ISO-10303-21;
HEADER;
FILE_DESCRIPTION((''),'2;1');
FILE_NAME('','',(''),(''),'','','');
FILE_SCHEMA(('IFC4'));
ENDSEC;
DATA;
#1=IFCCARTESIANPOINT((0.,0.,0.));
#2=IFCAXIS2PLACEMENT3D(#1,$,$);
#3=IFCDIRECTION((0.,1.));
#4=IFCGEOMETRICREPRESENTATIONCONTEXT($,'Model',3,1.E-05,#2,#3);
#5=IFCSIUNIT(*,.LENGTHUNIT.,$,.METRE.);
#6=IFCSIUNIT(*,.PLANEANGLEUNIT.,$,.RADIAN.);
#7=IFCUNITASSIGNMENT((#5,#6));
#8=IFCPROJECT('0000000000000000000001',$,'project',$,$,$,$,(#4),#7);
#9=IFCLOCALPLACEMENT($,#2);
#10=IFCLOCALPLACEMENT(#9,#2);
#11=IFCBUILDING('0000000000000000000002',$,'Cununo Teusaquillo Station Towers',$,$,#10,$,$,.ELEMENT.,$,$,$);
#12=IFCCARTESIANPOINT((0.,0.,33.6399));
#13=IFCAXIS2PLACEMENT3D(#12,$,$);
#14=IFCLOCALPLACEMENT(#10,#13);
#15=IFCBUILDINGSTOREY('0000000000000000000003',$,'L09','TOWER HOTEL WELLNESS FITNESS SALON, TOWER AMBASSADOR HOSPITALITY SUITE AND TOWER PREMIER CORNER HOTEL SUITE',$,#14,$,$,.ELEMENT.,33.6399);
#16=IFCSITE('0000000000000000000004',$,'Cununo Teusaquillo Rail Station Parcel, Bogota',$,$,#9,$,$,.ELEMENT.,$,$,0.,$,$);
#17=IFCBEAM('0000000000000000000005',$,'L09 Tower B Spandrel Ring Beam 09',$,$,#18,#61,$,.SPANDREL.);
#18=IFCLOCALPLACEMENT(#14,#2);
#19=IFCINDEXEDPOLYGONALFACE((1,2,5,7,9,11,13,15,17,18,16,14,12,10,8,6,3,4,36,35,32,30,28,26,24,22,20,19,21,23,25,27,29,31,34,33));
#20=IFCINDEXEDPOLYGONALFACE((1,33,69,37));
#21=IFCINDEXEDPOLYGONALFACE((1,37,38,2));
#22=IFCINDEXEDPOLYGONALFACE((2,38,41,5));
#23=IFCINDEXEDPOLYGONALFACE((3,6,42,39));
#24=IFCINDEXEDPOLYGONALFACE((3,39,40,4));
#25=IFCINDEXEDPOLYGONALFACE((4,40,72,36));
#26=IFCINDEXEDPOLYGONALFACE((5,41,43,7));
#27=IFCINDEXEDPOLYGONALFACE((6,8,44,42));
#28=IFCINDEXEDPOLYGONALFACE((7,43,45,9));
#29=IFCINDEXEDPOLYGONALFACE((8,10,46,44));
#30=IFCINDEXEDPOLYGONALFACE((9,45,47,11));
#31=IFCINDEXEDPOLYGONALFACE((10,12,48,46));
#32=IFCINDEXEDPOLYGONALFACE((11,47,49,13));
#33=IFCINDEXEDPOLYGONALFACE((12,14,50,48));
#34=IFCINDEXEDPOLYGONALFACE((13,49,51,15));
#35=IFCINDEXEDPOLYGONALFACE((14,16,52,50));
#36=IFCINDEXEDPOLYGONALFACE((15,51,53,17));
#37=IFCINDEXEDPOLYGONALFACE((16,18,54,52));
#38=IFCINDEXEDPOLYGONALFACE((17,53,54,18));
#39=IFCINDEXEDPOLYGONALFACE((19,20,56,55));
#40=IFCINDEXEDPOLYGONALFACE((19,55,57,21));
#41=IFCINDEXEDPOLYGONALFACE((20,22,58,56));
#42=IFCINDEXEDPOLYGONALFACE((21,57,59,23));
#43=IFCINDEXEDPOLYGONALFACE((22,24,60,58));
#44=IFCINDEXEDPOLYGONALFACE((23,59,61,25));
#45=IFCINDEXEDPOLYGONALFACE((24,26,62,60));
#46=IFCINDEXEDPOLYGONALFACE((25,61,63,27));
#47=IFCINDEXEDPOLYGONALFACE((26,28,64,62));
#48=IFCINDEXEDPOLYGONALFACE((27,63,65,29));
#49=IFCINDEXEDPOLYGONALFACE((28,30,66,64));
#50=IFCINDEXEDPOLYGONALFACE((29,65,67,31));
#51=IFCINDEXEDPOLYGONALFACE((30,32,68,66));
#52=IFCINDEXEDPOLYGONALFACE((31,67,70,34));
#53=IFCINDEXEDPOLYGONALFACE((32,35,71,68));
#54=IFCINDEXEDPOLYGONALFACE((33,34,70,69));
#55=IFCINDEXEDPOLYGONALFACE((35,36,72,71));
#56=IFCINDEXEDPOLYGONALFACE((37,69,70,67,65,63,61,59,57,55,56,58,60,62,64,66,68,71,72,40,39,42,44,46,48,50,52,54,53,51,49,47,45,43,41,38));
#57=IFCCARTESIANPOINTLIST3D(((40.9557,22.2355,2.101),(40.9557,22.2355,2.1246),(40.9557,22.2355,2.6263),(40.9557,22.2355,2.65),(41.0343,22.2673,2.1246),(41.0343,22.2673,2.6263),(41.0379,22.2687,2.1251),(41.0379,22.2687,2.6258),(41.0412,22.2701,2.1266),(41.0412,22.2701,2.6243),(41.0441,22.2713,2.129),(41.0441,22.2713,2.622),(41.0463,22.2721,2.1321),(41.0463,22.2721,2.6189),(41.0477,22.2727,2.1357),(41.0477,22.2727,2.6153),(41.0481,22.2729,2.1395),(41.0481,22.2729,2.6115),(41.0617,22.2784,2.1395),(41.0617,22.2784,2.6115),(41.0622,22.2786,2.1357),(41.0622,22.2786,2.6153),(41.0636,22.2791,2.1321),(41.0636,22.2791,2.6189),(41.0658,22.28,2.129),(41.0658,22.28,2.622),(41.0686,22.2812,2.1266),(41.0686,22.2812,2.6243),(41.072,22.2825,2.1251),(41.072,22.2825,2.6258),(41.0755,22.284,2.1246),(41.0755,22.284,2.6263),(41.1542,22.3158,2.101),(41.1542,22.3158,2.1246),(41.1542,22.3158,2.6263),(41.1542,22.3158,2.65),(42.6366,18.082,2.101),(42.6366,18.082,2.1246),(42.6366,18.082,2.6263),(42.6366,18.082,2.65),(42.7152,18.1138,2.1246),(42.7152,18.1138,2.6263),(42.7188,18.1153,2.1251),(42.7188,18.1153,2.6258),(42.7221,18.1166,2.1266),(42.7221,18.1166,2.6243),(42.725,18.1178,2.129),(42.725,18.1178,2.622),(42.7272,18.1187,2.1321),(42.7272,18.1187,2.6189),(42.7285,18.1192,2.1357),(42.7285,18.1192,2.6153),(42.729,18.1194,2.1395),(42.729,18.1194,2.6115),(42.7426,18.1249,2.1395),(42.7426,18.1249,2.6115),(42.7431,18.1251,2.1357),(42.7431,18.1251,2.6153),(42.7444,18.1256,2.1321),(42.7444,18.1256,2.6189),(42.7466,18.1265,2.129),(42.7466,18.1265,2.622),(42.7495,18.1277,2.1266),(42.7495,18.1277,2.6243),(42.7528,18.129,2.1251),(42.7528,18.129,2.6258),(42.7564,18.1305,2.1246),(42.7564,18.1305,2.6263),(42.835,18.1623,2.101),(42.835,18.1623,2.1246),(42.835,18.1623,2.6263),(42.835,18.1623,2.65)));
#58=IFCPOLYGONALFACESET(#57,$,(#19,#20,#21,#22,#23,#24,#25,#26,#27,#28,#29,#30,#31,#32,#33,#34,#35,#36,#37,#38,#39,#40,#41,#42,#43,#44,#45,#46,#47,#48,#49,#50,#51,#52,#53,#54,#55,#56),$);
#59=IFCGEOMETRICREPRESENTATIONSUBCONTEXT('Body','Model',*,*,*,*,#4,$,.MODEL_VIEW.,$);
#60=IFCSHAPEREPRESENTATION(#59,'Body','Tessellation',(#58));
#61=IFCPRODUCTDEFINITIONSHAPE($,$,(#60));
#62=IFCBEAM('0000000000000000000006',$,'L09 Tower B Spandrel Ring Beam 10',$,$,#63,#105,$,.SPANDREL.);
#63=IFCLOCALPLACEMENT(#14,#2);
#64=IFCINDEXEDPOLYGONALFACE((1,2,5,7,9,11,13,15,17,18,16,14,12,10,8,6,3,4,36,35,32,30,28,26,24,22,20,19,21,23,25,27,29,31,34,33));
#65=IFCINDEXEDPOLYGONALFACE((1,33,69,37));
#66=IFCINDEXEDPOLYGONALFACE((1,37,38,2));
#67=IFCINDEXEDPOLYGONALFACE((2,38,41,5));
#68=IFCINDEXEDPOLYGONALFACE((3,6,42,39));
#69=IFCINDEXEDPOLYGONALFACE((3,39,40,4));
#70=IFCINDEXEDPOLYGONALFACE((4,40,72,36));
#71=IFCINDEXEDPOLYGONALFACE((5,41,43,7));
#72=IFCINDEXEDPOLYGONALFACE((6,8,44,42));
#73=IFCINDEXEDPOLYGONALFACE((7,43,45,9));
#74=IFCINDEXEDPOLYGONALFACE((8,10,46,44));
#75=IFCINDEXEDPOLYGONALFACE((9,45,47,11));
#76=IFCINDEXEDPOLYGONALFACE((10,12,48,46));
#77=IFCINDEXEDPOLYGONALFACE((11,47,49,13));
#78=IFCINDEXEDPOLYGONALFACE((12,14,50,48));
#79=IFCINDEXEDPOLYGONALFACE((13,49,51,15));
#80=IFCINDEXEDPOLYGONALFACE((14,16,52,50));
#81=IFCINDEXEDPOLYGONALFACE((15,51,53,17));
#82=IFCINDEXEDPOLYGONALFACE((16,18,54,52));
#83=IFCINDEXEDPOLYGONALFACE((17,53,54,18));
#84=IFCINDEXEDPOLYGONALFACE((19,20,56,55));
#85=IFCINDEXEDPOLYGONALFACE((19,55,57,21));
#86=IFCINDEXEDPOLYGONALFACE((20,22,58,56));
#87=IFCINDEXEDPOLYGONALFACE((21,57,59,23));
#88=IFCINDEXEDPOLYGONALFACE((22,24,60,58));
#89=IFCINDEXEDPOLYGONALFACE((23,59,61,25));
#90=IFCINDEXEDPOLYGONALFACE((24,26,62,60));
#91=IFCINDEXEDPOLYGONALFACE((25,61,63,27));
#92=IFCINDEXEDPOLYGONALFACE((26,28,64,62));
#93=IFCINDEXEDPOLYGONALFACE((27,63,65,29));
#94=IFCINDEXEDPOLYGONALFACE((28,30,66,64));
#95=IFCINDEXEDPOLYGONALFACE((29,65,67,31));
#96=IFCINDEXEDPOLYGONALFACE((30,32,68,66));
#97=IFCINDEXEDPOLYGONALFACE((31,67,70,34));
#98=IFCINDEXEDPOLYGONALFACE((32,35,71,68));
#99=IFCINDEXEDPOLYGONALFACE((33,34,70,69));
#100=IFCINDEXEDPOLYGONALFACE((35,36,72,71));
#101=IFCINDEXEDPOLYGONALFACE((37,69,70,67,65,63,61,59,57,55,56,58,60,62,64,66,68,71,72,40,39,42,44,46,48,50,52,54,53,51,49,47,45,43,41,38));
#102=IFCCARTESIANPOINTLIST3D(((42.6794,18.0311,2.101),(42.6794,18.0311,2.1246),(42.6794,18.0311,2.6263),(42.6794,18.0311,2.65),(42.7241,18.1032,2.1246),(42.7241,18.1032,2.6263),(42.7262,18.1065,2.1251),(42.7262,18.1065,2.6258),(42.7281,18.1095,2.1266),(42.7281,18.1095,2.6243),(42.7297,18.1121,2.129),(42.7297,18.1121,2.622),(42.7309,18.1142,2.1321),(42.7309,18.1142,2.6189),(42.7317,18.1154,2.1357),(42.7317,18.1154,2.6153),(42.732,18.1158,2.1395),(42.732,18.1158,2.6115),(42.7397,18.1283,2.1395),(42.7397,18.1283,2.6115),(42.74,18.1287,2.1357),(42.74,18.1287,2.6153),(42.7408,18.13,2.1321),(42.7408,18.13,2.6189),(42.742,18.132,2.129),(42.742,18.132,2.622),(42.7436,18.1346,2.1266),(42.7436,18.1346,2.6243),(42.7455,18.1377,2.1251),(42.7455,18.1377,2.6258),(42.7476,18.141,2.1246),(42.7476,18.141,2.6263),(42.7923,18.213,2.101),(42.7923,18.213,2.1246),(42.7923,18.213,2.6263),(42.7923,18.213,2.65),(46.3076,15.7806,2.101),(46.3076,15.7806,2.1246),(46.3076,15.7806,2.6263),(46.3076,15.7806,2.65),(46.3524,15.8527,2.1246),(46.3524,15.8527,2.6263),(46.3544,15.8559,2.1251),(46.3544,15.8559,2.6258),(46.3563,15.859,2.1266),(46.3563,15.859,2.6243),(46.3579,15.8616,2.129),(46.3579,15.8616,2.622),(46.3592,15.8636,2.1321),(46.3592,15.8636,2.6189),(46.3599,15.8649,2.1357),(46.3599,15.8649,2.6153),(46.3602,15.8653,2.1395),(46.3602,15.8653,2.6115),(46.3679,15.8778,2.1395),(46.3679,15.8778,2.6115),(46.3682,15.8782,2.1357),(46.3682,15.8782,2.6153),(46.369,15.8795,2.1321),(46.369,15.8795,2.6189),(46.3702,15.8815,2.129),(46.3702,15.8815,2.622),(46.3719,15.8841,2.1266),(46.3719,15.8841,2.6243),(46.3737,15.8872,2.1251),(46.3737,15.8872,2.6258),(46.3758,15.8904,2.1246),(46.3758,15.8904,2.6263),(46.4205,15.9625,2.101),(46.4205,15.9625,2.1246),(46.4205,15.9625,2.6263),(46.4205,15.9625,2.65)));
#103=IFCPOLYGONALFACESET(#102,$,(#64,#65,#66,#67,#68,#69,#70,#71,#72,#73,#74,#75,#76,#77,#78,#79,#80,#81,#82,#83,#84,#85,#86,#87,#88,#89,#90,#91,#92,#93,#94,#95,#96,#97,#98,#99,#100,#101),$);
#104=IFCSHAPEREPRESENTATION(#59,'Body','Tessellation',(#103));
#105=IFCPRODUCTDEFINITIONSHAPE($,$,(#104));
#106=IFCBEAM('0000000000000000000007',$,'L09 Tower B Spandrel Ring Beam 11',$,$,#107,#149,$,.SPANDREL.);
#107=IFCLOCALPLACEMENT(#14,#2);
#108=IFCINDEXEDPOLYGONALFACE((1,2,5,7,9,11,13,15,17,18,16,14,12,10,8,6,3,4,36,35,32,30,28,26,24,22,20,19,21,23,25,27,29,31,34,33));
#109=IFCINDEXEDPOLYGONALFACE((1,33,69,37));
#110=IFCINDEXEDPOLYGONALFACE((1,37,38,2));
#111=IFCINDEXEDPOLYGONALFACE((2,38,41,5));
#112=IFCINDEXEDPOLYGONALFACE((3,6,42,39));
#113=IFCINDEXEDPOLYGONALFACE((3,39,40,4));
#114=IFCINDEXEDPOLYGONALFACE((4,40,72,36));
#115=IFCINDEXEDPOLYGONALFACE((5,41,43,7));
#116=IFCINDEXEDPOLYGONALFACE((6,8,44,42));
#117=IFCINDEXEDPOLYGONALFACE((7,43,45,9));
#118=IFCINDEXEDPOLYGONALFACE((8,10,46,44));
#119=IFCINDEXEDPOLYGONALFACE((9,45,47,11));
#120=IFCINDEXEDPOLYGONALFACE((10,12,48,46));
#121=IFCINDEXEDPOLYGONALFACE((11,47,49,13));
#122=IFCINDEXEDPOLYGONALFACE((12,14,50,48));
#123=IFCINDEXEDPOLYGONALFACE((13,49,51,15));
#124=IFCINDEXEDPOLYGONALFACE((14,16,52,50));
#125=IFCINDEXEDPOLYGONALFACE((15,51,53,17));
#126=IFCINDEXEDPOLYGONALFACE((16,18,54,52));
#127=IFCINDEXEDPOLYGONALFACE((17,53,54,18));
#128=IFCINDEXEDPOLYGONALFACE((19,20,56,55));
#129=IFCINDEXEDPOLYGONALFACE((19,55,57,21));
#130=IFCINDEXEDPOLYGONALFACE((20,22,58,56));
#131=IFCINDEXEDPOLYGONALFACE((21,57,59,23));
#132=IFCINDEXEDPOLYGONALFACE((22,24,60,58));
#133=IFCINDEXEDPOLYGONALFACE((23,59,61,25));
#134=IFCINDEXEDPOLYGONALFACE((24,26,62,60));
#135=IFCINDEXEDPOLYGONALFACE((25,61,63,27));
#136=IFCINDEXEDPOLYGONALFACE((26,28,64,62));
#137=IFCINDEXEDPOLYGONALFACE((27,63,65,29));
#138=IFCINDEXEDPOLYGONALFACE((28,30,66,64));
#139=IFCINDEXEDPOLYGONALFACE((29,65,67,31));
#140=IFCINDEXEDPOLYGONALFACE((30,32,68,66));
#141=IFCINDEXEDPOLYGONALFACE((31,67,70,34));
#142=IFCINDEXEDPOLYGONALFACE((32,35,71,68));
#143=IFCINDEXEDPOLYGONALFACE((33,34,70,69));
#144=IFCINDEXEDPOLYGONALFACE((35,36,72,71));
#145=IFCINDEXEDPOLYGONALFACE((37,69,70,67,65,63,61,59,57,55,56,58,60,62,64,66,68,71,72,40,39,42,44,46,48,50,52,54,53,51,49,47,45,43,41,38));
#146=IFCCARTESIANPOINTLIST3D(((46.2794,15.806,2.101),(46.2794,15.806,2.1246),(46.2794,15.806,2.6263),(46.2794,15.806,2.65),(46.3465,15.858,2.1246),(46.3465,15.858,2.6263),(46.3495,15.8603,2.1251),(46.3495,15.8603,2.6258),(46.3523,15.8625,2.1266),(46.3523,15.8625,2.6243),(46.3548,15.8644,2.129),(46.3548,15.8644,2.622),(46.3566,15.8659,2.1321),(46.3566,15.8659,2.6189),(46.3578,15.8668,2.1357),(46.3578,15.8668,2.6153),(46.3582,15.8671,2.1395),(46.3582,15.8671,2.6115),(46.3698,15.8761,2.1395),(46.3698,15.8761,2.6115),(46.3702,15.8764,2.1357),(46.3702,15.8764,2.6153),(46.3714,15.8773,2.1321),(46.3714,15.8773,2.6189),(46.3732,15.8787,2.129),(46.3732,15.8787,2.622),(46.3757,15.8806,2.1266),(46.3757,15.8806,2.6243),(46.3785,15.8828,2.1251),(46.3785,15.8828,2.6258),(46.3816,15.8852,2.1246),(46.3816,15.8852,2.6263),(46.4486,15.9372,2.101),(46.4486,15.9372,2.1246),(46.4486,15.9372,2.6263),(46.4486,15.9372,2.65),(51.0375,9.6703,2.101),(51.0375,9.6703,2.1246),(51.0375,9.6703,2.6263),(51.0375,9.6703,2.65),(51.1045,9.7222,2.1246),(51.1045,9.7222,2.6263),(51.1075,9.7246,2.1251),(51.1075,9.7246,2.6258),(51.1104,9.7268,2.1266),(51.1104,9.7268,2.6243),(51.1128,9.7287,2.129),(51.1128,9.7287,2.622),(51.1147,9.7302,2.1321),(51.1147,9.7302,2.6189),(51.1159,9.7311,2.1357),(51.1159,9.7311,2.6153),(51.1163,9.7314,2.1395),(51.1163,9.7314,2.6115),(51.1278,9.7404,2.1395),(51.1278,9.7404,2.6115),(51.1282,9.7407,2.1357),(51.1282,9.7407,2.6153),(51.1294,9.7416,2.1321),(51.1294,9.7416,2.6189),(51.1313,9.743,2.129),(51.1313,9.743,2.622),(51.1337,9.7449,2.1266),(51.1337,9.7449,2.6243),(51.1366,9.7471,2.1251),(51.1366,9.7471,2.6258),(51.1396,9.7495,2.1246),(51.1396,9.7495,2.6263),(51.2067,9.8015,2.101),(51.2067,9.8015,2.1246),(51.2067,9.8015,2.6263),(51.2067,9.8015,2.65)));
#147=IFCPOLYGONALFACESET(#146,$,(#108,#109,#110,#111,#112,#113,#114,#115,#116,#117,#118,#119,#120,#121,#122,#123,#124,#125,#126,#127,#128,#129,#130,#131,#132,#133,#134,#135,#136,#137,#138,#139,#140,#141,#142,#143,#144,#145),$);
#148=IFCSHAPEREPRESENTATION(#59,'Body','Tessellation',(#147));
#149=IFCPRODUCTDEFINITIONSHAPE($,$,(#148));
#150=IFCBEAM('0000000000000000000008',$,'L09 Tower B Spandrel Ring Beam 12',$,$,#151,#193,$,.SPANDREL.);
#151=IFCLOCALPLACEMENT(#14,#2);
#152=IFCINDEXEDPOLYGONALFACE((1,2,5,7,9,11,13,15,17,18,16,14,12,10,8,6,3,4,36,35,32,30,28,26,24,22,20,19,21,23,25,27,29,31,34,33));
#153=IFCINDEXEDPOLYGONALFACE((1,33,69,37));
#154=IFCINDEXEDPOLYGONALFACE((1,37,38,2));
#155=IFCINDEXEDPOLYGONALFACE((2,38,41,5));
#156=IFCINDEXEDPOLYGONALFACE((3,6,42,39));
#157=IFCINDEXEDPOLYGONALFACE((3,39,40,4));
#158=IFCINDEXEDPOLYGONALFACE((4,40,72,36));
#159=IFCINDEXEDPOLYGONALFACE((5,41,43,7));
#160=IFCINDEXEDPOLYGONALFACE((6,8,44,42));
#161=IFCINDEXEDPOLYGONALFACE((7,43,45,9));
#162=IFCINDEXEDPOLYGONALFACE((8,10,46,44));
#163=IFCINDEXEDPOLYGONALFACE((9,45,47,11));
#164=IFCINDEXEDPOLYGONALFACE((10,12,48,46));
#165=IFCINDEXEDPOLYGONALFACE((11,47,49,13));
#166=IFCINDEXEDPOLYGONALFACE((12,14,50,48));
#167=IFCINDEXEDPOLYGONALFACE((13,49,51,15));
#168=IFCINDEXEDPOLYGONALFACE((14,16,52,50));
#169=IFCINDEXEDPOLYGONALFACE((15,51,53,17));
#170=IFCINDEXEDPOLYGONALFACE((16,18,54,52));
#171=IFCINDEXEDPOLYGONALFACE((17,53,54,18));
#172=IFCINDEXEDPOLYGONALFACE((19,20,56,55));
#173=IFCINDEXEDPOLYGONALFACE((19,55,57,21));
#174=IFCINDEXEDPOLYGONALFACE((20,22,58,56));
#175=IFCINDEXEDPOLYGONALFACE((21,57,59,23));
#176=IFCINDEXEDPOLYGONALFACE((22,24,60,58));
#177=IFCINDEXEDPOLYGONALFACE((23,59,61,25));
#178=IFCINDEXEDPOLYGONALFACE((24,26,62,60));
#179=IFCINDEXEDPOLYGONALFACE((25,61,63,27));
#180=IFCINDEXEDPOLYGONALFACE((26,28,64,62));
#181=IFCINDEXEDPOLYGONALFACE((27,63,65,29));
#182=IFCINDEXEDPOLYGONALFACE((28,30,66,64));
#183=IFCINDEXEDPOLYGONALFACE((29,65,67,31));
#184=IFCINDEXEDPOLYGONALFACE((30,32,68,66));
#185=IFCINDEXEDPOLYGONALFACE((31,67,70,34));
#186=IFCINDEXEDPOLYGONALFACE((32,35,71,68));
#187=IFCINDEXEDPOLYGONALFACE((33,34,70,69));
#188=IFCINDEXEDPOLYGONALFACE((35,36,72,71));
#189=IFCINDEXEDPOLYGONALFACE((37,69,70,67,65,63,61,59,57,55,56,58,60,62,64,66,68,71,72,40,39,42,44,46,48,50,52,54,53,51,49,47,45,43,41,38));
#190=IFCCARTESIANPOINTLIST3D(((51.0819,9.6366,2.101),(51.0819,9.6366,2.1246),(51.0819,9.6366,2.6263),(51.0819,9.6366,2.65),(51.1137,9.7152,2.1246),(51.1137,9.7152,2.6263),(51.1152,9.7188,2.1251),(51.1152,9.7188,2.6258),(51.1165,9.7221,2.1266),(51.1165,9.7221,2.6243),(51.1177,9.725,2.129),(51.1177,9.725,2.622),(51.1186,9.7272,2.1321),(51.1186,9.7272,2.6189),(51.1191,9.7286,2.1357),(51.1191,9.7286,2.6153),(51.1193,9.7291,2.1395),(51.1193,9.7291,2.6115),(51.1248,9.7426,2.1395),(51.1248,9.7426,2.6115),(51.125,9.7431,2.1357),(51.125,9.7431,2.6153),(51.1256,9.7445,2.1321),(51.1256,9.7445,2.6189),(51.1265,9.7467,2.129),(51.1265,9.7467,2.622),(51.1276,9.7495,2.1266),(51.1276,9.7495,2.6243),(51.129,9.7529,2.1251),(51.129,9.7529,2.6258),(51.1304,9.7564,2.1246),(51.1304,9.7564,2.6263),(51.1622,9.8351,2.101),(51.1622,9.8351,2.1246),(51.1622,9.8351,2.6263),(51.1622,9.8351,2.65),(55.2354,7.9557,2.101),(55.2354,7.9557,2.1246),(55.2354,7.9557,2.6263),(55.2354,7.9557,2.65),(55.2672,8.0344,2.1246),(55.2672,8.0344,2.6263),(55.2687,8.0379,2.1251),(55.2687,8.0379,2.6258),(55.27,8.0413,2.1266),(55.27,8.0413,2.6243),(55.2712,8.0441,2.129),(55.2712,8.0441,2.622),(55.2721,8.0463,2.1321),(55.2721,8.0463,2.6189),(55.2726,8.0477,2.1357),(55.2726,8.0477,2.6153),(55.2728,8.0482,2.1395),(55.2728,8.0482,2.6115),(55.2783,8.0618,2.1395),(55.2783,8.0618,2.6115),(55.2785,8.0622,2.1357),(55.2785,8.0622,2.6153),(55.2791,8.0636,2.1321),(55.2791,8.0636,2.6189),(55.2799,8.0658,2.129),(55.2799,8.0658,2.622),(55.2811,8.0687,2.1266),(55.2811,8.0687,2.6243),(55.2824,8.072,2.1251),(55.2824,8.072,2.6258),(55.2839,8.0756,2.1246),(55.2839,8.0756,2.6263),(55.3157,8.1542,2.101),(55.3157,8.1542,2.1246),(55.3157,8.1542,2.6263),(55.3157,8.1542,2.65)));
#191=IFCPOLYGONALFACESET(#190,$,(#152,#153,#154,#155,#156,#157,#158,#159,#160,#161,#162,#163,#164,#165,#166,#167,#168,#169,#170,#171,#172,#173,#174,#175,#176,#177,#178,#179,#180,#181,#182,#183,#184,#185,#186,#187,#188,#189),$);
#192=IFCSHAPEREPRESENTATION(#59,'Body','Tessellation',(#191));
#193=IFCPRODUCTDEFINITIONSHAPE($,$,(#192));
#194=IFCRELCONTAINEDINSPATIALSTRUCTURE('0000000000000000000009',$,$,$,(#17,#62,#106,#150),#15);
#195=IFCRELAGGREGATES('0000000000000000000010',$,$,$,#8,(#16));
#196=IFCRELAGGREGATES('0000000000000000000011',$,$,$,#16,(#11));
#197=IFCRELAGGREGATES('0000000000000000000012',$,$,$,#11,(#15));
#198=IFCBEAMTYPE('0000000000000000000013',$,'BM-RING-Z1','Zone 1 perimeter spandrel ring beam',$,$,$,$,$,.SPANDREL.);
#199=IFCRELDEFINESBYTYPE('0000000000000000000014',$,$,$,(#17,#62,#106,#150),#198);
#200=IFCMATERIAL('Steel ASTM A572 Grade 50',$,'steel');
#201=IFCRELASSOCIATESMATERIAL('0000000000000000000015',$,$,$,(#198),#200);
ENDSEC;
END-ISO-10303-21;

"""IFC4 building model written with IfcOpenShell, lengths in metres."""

from ifc_helpers import new_model, si_unit, direction, frame, origin, origin_2d, place, context, subcontext, project, spatial, i_section, extrude, material, material_profile, profile_set, type_object, element, save


model = new_model("IFC4")

# Units and contexts
model_context = context("Model", 3, precision=1e-05, world=origin(), true_north=direction((0.0, 1.0)))
body_context = subcontext(model_context, "Body", "Model", "MODEL_VIEW")
ifc_project = project(units=[si_unit("LENGTHUNIT", "METRE"), si_unit("PLANEANGLEUNIT", "RADIAN")], contexts=[model_context])

# Site, building, storey
site_placement = place(None, origin())
site = spatial("IfcSite", under=ifc_project, at=site_placement, Name="Cununo Teusaquillo Rail Station Parcel, Bogota", CompositionType="ELEMENT", RefElevation=0.0)
building_placement = place(site_placement, origin())
building = spatial("IfcBuilding", under=site, at=building_placement, Name="Cununo Teusaquillo Station Towers", CompositionType="ELEMENT")
storey_placement = place(building_placement, frame((0.0, 0.0, 33.6399)))
storey = spatial("IfcBuildingStorey", under=building, at=storey_placement, Name="L09", Description="TOWER HOTEL WELLNESS FITNESS SALON, TOWER AMBASSADOR HOSPITALITY SUITE AND TOWER PREMIER CORNER HOTEL SUITE", CompositionType="ELEMENT", Elevation=33.6399)

# Beams
ifc_material_1 = material(Name="Steel ASTM A572 Grade 50", Category="steel")
ifc_material_profile_1 = material_profile(ifc_material_1, i_section(OverallWidth=0.2141, OverallDepth=0.5491, WebThickness=0.0146, FlangeThickness=0.0237, FilletRadius=0.0149, at=origin_2d()), Name="W21X93")
ifc_profile_set_1 = profile_set([ifc_material_profile_1], Name="Steel ASTM A572 Grade 50")
beam_type_1 = type_object("IfcBeamType", Name="BM-RING-Z1", Description="Zone 1 perimeter spandrel ring beam", PredefinedType="SPANDREL", material=ifc_profile_set_1)
beam_1_placement = place(storey_placement, frame((41.0549, 22.2756, 2.3755), z_axis=(0.375136, -0.92697, 0.0), x_axis=(0.92697, 0.375136, 0.0)))
element("IfcBeam", 1, at=beam_1_placement, inside=storey, type_object=beam_type_1, Name="L09 Tower B Spandrel Ring Beam 09", PredefinedType="SPANDREL", context=body_context, shape_type="SweptSolid", body=[
    extrude(i_section(OverallWidth=0.2141, OverallDepth=0.5491, WebThickness=0.0146, FlangeThickness=0.0237, FilletRadius=0.0149, at=origin_2d()), origin(), (0.0, 0.0, 1.0), 4.4807),
])
beam_2_placement = place(storey_placement, frame((42.7358, 18.1221, 2.3755), z_axis=(0.849796, -0.527112, 0.0), x_axis=(0.527112, 0.849796, 0.0)))
element("IfcBeam", 2, at=beam_2_placement, inside=storey, type_object=beam_type_1, Name="L09 Tower B Spandrel Ring Beam 10", PredefinedType="SPANDREL", context=body_context, shape_type="SweptSolid", body=[
    extrude(i_section(OverallWidth=0.2141, OverallDepth=0.5491, WebThickness=0.0146, FlangeThickness=0.0237, FilletRadius=0.0149, at=origin_2d()), origin(), (0.0, 0.0, 1.0), 4.2695),
])
beam_3_placement = place(storey_placement, frame((46.364, 15.8716, 2.3755), z_axis=(0.612801, -0.790237, 0.0), x_axis=(0.790237, 0.612801, 0.0)))
element("IfcBeam", 3, at=beam_3_placement, inside=storey, type_object=beam_type_1, Name="L09 Tower B Spandrel Ring Beam 11", PredefinedType="SPANDREL", context=body_context, shape_type="SweptSolid", body=[
    extrude(i_section(OverallWidth=0.2141, OverallDepth=0.5491, WebThickness=0.0146, FlangeThickness=0.0237, FilletRadius=0.0149, at=origin_2d()), origin(), (0.0, 0.0, 1.0), 7.7644),
])
beam_4_placement = place(storey_placement, frame((51.1221, 9.7358, 2.3755), z_axis=(0.92697, -0.375136, 0.0), x_axis=(0.375136, 0.92697, 0.0)))
element("IfcBeam", 4, at=beam_4_placement, inside=storey, type_object=beam_type_1, Name="L09 Tower B Spandrel Ring Beam 12", PredefinedType="SPANDREL", context=body_context, shape_type="SweptSolid", body=[
    extrude(i_section(OverallWidth=0.2141, OverallDepth=0.5491, WebThickness=0.0146, FlangeThickness=0.0237, FilletRadius=0.0149, at=origin_2d()), origin(), (0.0, 0.0, 1.0), 4.4807),
])

save(model, "model.ifc")
